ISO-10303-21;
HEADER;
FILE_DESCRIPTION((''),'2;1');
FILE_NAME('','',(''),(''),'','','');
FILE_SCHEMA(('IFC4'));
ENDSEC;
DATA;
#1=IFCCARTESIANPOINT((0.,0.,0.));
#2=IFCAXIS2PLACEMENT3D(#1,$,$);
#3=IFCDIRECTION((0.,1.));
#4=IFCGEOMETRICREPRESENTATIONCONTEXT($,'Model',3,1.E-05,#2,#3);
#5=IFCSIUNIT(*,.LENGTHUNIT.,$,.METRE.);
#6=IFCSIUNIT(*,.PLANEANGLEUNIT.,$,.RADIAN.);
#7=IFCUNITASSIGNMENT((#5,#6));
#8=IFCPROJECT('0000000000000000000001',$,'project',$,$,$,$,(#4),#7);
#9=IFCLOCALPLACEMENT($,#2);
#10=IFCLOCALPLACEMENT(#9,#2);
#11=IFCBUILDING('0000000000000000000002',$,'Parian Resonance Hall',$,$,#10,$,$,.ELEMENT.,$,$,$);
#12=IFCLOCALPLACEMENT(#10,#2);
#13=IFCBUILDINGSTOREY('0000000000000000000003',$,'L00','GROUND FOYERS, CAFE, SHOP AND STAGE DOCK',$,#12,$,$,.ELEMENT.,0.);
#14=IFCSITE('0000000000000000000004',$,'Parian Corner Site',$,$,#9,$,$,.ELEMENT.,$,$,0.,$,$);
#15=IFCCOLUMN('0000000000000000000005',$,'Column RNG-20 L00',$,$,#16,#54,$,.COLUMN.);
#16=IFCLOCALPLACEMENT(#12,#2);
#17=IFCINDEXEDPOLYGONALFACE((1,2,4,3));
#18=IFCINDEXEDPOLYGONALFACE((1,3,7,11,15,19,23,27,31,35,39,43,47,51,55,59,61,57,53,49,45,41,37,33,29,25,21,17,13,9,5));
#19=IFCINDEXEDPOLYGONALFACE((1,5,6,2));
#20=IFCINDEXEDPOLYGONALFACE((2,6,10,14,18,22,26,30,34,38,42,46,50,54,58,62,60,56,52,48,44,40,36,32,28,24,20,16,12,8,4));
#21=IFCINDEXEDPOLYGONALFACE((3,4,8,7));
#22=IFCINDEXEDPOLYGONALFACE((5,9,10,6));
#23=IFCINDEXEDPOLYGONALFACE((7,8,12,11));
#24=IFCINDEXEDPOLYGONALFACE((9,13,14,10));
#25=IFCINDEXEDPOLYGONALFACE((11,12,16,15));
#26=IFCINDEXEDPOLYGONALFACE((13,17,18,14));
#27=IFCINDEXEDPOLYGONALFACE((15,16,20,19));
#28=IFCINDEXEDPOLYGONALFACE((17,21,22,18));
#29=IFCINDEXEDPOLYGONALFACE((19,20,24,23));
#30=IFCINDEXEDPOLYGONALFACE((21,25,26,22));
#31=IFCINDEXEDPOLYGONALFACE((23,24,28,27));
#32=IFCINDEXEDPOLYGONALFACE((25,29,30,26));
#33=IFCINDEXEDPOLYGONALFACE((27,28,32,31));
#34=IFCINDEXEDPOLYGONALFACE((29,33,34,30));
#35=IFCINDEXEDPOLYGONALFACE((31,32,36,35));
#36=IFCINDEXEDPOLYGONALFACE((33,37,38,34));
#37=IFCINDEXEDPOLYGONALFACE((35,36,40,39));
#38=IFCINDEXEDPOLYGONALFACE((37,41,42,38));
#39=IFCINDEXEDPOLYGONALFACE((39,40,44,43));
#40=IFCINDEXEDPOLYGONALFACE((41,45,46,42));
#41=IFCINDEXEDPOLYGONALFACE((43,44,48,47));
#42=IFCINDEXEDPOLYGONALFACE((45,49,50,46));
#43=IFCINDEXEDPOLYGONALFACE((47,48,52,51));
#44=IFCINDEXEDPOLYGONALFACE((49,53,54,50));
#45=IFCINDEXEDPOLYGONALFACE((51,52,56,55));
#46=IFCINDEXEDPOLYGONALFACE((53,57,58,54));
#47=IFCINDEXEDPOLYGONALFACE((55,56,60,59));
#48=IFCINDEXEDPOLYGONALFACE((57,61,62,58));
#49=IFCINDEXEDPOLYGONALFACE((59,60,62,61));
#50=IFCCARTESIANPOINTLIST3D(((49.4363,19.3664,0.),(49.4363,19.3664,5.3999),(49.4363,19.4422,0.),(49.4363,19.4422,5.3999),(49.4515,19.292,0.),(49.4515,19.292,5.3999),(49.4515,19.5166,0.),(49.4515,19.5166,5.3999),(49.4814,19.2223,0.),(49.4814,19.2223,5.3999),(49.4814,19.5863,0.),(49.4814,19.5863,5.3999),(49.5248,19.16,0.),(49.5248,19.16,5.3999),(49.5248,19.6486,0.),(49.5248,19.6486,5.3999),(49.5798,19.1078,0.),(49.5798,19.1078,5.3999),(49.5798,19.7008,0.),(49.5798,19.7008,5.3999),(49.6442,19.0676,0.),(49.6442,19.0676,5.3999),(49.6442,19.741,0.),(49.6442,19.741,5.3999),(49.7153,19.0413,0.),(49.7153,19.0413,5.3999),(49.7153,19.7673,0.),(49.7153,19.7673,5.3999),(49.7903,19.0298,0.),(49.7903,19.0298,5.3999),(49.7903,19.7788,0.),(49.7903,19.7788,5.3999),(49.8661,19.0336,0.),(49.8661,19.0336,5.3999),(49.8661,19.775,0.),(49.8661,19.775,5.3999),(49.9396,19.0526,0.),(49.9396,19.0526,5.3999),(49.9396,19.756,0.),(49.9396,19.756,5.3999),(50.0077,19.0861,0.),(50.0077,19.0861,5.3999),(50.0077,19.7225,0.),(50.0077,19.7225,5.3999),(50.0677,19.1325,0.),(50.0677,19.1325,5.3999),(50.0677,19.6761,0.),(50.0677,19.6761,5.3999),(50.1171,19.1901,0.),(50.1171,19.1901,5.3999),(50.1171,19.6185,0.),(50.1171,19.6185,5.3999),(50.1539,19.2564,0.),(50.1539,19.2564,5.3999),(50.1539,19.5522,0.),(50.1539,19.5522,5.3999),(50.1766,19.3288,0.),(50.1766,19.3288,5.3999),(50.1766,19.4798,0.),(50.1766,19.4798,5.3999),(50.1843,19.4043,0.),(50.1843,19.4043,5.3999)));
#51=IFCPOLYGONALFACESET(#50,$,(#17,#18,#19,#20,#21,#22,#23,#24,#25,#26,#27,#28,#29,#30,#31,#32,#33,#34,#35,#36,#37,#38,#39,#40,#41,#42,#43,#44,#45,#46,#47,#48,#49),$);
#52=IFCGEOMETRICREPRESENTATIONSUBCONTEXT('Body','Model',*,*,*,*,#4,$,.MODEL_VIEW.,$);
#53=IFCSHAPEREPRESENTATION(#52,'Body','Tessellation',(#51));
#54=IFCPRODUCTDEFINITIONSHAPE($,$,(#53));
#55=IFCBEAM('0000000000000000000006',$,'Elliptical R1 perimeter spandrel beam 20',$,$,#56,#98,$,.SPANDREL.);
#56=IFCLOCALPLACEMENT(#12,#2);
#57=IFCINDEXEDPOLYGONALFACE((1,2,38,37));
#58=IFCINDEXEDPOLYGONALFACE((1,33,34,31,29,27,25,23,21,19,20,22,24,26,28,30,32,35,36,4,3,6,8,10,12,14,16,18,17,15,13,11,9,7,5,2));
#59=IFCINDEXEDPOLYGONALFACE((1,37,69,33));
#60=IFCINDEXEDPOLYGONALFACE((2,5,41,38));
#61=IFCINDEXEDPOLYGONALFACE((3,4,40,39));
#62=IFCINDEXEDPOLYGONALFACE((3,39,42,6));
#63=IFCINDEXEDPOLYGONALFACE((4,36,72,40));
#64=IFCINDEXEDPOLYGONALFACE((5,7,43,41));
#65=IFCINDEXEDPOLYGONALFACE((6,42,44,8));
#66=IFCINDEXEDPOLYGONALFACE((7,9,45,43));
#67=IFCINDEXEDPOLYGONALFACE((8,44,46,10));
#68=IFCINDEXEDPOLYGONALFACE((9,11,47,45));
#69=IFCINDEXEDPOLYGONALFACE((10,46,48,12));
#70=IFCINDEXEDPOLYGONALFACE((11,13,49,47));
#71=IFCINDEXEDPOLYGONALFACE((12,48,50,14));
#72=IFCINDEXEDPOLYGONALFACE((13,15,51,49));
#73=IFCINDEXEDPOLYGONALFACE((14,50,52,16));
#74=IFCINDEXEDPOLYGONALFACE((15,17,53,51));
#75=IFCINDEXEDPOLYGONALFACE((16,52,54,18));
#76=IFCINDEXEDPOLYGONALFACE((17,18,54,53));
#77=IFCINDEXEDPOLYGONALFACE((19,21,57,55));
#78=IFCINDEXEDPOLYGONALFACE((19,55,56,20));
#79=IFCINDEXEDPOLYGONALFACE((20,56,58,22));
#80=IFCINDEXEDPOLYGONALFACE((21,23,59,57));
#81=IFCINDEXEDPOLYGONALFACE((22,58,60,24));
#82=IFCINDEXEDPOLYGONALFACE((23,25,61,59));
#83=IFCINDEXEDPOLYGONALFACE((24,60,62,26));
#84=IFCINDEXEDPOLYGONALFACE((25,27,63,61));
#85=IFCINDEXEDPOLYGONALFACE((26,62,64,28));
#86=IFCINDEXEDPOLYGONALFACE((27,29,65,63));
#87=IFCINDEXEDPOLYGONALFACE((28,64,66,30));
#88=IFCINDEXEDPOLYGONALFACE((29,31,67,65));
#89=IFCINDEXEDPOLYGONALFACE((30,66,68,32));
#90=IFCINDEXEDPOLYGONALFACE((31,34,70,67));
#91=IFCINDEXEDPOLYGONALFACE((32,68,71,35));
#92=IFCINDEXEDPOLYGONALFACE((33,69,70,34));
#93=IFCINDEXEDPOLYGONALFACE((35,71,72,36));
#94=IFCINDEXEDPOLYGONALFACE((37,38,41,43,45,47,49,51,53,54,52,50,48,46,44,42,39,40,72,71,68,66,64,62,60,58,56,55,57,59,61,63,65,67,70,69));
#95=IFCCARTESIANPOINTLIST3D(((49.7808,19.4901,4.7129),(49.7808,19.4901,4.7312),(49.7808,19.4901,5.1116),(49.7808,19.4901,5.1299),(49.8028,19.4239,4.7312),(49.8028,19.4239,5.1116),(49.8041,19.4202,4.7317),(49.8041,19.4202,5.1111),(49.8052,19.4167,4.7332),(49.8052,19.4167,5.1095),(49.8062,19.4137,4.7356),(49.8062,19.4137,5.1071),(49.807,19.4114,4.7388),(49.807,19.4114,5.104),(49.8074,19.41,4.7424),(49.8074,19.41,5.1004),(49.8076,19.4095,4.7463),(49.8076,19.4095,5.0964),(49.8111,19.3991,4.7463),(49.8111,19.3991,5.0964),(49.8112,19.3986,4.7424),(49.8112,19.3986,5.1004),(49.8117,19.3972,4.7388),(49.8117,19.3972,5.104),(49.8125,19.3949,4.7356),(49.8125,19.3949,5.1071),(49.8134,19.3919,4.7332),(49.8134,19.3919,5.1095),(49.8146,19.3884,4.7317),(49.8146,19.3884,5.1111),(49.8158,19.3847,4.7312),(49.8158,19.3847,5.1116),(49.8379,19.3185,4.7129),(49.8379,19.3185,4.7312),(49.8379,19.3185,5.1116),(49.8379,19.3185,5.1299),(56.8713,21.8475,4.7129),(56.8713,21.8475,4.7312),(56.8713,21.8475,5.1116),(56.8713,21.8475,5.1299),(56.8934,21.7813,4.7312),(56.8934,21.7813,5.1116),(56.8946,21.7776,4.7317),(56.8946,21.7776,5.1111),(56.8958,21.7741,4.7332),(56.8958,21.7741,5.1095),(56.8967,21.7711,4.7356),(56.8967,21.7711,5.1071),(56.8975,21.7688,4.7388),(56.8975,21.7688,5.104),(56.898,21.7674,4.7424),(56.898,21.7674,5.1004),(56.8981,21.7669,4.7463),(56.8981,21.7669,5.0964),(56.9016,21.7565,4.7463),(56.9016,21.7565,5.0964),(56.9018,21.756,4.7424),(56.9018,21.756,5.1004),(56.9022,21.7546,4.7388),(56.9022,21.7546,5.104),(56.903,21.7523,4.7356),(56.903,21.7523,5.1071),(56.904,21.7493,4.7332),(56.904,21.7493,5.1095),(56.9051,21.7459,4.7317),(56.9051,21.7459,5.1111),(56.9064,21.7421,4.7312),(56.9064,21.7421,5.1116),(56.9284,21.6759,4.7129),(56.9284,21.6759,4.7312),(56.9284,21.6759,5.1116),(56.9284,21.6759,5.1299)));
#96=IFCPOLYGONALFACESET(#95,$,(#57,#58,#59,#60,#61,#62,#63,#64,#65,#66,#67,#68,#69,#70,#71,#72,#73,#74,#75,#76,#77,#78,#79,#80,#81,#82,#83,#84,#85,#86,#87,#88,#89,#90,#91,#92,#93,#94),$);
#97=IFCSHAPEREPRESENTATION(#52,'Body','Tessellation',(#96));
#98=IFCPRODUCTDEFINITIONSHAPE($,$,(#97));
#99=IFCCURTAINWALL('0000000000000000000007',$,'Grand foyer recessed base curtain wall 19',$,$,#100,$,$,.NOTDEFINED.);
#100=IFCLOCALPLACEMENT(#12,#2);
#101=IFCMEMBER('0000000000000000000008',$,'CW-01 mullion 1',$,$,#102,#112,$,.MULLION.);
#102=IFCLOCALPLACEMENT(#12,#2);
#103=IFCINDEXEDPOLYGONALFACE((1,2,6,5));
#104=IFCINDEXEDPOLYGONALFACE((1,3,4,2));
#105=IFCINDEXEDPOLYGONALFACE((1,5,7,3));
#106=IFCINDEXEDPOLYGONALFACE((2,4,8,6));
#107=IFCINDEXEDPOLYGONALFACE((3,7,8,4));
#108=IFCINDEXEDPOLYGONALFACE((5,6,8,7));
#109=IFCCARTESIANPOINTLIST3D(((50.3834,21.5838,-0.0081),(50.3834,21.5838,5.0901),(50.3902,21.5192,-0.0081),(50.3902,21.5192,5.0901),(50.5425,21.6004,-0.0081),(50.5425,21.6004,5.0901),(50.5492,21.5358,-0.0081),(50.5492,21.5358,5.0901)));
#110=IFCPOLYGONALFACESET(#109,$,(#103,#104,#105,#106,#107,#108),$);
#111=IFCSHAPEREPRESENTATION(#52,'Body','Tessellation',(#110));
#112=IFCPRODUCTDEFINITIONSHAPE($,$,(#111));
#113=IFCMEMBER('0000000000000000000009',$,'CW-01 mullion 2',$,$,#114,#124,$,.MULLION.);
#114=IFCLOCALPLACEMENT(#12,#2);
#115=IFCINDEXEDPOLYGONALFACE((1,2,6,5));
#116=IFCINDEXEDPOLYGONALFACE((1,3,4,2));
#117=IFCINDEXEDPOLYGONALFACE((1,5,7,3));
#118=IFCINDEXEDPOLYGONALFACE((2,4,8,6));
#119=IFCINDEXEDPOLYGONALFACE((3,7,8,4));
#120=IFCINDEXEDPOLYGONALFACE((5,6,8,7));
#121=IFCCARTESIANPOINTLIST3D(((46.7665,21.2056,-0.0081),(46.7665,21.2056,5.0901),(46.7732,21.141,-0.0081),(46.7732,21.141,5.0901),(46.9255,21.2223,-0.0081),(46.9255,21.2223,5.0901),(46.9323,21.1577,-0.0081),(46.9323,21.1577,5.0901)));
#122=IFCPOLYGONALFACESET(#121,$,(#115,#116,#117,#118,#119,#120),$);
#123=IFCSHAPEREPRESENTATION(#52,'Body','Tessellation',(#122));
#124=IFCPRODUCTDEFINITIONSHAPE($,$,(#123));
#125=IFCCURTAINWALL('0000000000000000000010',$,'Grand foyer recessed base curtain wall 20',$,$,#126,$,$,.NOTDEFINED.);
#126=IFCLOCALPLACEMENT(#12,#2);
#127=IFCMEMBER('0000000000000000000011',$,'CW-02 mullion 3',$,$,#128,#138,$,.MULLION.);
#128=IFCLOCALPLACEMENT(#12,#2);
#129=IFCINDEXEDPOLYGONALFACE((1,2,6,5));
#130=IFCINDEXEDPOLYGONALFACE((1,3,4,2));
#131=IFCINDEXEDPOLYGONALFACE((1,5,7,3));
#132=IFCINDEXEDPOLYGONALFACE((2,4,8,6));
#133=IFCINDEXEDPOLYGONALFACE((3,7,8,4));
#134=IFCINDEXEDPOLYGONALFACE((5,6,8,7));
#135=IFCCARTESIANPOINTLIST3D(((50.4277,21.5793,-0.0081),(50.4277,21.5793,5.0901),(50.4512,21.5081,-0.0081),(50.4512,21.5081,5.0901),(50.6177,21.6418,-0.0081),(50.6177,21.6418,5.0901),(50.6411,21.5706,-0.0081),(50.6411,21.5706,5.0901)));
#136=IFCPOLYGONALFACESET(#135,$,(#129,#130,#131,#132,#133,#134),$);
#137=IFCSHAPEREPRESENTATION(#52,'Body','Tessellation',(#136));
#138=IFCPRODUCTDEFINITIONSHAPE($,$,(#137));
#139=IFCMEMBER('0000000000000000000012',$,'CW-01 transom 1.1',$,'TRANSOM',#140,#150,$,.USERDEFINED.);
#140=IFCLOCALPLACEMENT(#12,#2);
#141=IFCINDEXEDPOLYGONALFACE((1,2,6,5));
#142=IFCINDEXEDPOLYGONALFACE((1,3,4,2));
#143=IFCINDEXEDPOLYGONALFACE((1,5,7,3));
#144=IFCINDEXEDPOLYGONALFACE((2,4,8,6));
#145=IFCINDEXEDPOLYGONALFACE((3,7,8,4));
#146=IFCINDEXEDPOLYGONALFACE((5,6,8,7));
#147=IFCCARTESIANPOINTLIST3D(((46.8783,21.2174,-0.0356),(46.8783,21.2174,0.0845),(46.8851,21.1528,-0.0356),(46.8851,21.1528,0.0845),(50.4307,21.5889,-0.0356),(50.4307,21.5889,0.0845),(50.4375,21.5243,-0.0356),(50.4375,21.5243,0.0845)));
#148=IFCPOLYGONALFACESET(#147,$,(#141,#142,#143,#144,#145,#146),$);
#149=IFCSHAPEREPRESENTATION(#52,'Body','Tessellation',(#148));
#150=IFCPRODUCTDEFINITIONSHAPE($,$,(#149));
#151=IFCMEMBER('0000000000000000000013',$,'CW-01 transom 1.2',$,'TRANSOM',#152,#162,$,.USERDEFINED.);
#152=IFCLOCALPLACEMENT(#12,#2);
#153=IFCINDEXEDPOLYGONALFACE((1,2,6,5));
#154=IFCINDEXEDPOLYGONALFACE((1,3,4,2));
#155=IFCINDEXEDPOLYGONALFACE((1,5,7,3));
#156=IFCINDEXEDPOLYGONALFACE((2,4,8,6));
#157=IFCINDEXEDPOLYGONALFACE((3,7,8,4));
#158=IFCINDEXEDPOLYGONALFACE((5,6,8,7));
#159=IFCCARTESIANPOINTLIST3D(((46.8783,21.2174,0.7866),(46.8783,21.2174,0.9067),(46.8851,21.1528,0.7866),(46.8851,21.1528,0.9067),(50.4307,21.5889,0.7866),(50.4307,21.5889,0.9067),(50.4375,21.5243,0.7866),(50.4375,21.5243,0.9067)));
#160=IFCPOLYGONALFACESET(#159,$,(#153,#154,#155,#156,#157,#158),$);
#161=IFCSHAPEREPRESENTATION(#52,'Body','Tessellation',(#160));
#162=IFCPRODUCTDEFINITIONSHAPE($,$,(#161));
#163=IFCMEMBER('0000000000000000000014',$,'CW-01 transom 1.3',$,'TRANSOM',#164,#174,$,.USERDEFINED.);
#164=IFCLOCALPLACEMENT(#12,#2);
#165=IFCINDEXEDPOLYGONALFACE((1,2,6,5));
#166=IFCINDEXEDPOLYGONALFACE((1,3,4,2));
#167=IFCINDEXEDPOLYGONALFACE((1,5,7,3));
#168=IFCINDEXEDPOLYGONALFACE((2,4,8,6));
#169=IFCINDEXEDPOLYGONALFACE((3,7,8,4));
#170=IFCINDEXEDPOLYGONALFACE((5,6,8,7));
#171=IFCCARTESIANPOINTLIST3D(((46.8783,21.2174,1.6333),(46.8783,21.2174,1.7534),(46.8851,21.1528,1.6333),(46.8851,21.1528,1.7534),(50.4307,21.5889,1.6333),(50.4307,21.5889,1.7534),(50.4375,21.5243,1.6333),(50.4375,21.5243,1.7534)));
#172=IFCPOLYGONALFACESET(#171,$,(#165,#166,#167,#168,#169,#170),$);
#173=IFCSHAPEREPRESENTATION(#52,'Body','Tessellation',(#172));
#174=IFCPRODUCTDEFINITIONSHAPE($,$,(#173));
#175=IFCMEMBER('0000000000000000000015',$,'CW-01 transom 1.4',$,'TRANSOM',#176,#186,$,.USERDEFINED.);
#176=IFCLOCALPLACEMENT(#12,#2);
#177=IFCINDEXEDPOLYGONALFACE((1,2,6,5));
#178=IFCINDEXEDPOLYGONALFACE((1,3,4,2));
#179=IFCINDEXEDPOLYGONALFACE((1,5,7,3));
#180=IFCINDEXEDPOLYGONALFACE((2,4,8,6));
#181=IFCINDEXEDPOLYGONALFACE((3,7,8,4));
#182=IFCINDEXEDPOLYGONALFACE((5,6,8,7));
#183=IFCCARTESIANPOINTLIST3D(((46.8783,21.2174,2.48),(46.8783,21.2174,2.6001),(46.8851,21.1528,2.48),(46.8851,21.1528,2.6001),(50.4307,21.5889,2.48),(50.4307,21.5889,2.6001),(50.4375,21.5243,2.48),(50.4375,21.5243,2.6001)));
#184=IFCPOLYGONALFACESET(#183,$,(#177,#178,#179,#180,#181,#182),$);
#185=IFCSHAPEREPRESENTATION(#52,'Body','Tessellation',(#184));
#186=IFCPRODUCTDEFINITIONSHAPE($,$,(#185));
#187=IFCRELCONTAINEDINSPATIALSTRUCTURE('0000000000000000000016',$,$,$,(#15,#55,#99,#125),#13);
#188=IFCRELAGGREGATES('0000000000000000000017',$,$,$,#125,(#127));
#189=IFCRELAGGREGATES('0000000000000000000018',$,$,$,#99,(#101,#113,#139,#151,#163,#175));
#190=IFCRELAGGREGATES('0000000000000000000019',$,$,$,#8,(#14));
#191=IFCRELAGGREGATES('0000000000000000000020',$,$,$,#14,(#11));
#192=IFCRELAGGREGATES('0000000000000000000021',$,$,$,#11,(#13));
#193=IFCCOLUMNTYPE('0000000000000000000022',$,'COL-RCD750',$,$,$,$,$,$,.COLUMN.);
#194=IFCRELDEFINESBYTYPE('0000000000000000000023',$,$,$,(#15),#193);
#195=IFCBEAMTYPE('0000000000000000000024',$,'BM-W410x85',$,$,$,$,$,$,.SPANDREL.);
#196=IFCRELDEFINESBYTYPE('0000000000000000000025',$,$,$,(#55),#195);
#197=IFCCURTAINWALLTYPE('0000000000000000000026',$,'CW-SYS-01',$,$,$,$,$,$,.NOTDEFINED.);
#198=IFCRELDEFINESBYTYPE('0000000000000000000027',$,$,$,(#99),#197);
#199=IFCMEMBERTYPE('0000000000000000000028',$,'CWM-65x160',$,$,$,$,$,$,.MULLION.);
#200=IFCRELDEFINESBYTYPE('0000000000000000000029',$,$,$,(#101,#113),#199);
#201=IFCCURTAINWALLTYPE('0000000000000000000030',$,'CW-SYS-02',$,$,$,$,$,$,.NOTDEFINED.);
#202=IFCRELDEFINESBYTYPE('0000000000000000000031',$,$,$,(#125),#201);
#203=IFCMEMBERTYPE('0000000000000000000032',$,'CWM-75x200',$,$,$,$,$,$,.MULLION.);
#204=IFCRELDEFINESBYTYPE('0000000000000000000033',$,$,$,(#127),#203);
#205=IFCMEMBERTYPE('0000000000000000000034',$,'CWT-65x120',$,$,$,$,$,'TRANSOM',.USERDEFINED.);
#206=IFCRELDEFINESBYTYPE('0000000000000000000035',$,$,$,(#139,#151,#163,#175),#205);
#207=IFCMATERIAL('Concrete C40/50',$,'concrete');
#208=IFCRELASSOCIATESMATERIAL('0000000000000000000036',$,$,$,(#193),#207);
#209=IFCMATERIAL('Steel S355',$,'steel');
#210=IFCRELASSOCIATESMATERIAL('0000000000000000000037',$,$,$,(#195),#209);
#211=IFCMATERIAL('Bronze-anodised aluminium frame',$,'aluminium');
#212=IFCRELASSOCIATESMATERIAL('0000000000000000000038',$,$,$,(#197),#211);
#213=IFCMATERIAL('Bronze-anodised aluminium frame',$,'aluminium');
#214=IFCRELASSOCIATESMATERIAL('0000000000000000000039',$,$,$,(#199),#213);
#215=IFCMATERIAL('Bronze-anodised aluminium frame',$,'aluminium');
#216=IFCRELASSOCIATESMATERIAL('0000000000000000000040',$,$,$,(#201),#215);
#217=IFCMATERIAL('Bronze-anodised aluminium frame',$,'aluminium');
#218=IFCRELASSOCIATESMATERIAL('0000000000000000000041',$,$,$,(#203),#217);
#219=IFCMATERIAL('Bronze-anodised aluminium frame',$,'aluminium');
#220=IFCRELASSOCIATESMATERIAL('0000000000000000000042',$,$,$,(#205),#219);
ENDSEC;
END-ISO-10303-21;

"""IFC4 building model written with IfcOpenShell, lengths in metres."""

from ifc_helpers import new_model, si_unit, direction, frame, origin, origin_2d, place, context, subcontext, project, spatial, rectangle, circle, i_section, extrude, material, material_profile, profile_set, type_object, element, aggregate, save


model = new_model("IFC4")

# Units and contexts
model_context = context("Model", 3, precision=1e-05, world=origin(), true_north=direction((0.0, 1.0)))
body_context = subcontext(model_context, "Body", "Model", "MODEL_VIEW")
ifc_project = project(units=[si_unit("LENGTHUNIT", "METRE"), si_unit("PLANEANGLEUNIT", "RADIAN")], contexts=[model_context])

# Site, building, storey
site_placement = place(None, origin())
site = spatial("IfcSite", under=ifc_project, at=site_placement, Name="Parian Corner Site", CompositionType="ELEMENT", RefElevation=0.0)
building_placement = place(site_placement, origin())
building = spatial("IfcBuilding", under=site, at=building_placement, Name="Parian Resonance Hall", CompositionType="ELEMENT")
storey_placement = place(building_placement, origin())
storey = spatial("IfcBuildingStorey", under=building, at=storey_placement, Name="L00", Description="GROUND FOYERS, CAFE, SHOP AND STAGE DOCK", CompositionType="ELEMENT", Elevation=0.0)

# Column
ifc_material_1 = material(Name="Concrete C40/50", Category="concrete")
ifc_material_profile_1 = material_profile(ifc_material_1, circle(Radius=0.375, at=origin_2d()), Name="RC-COL-D750")
ifc_profile_set_1 = profile_set([ifc_material_profile_1], Name="Concrete C40/50")
column_type = type_object("IfcColumnType", Name="COL-RCD750", PredefinedType="COLUMN", material=ifc_profile_set_1)
column_placement = place(storey_placement, frame((49.8093, 19.4043, 0.0), z_axis=(0.0, 0.0, 1.0), x_axis=(1.0, 0.0, 0.0)))
element("IfcColumn", 1, at=column_placement, inside=storey, type_object=column_type, Name="Column RNG-20 L00", PredefinedType="COLUMN", context=body_context, shape_type="SweptSolid", body=[
    extrude(circle(Radius=0.375, at=origin_2d()), origin(), (0.0, 0.0, 1.0), 5.3999),
])

# Beam
ifc_material_2 = material(Name="Steel S355", Category="steel")
ifc_material_profile_2 = material_profile(ifc_material_2, i_section(OverallWidth=0.1809, OverallDepth=0.417, WebThickness=0.011, FlangeThickness=0.0183, FilletRadius=0.0151, at=origin_2d()), Name="W410x85")
ifc_profile_set_2 = profile_set([ifc_material_profile_2], Name="Steel S355")
beam_type = type_object("IfcBeamType", Name="BM-W410x85", PredefinedType="SPANDREL", material=ifc_profile_set_2)
beam_placement = place(storey_placement, frame((49.8093, 19.4043, 4.9214), z_axis=(0.948928, 0.315493, 0.0), x_axis=(-0.315493, 0.948928, 0.0)))
element("IfcBeam", 2, at=beam_placement, inside=storey, type_object=beam_type, Name="Elliptical R1 perimeter spandrel beam 20", PredefinedType="SPANDREL", context=body_context, shape_type="SweptSolid", body=[
    extrude(i_section(OverallWidth=0.1809, OverallDepth=0.417, WebThickness=0.011, FlangeThickness=0.0183, FilletRadius=0.0151, at=origin_2d()), origin(), (0.0, 0.0, 1.0), 7.4722),
])

# Curtain wall, members
ifc_material_3 = material(Name="Bronze-anodised aluminium frame", Category="aluminium")
curtain_wall_type_1 = type_object("IfcCurtainWallType", Name="CW-SYS-01", PredefinedType="NOTDEFINED", material=ifc_material_3)
curtain_wall_1_placement = place(storey_placement, origin())
curtain_wall_1 = element("IfcCurtainWall", 3, at=curtain_wall_1_placement, inside=storey, type_object=curtain_wall_type_1, Name="Grand foyer recessed base curtain wall 19", PredefinedType="NOTDEFINED")
ifc_material_4 = material(Name="Bronze-anodised aluminium frame", Category="aluminium")
ifc_material_profile_3 = material_profile(ifc_material_4, rectangle(XDim=0.0649, YDim=0.1599, at=origin_2d()), Name="CWM-65x160")
ifc_profile_set_3 = profile_set([ifc_material_profile_3], Name="Bronze-anodised aluminium frame")
member_type_1 = type_object("IfcMemberType", Name="CWM-65x160", PredefinedType="MULLION", material=ifc_profile_set_3)
member_1_placement = place(storey_placement, frame((50.4663, 21.5598, -0.0081), z_axis=(0.0, 0.0, 1.0), x_axis=(0.104013, -0.994576, 0.0)))
member_1 = element("IfcMember", 4, at=member_1_placement, type_object=member_type_1, Name="CW-01 mullion 1", PredefinedType="MULLION", context=body_context, shape_type="SweptSolid", body=[
    extrude(rectangle(XDim=0.0649, YDim=0.1599, at=origin_2d()), origin(), (0.0, 0.0, 1.0), 5.0981),
])
member_2_placement = place(storey_placement, frame((46.8494, 21.1816, -0.0081), z_axis=(0.0, 0.0, 1.0), x_axis=(0.104013, -0.994576, 0.0)))
member_2 = element("IfcMember", 5, at=member_2_placement, type_object=member_type_1, Name="CW-01 mullion 2", PredefinedType="MULLION", context=body_context, shape_type="SweptSolid", body=[
    extrude(rectangle(XDim=0.0649, YDim=0.1599, at=origin_2d()), origin(), (0.0, 0.0, 1.0), 5.0981),
])

# Curtain wall, member
ifc_material_5 = material(Name="Bronze-anodised aluminium frame", Category="aluminium")
curtain_wall_type_2 = type_object("IfcCurtainWallType", Name="CW-SYS-02", PredefinedType="NOTDEFINED", material=ifc_material_5)
curtain_wall_2_placement = place(storey_placement, origin())
curtain_wall_2 = element("IfcCurtainWall", 6, at=curtain_wall_2_placement, inside=storey, type_object=curtain_wall_type_2, Name="Grand foyer recessed base curtain wall 20", PredefinedType="NOTDEFINED")
ifc_material_6 = material(Name="Bronze-anodised aluminium frame", Category="aluminium")
ifc_material_profile_4 = material_profile(ifc_material_6, rectangle(XDim=0.075, YDim=0.2, at=origin_2d()), Name="CWM-75x200")
ifc_profile_set_4 = profile_set([ifc_material_profile_4], Name="Bronze-anodised aluminium frame")
member_type_2 = type_object("IfcMemberType", Name="CWM-75x200", PredefinedType="MULLION", material=ifc_profile_set_4)
member_3_placement = place(storey_placement, frame((50.5344, 21.575, -0.0081), z_axis=(0.0, 0.0, 1.0), x_axis=(0.31253, -0.949908, 0.0)))
member_3 = element("IfcMember", 7, at=member_3_placement, type_object=member_type_2, Name="CW-02 mullion 3", PredefinedType="MULLION", context=body_context, shape_type="SweptSolid", body=[
    extrude(rectangle(XDim=0.075, YDim=0.2, at=origin_2d()), origin(), (0.0, 0.0, 1.0), 5.0981),
])

# Members
ifc_material_7 = material(Name="Bronze-anodised aluminium frame", Category="aluminium")
ifc_material_profile_5 = material_profile(ifc_material_7, rectangle(XDim=0.0649, YDim=0.1201, at=origin_2d()), Name="CWT-65x120")
ifc_profile_set_5 = profile_set([ifc_material_profile_5], Name="Bronze-anodised aluminium frame")
member_type_3 = type_object("IfcMemberType", Name="CWT-65x120", ElementType="TRANSOM", PredefinedType="USERDEFINED", material=ifc_profile_set_5)
member_4_placement = place(storey_placement, frame((50.4341, 21.5566, 0.0244), z_axis=(-0.994574, -0.10403, 0.0), x_axis=(0.10403, -0.994574, 0.0)))
member_4 = element("IfcMember", 8, at=member_4_placement, type_object=member_type_3, Name="CW-01 transom 1.1", ObjectType="TRANSOM", PredefinedType="USERDEFINED", context=body_context, shape_type="SweptSolid", body=[
    extrude(rectangle(XDim=0.0649, YDim=0.1201, at=origin_2d()), origin(), (0.0, 0.0, 1.0), 3.5718),
])
member_5_placement = place(storey_placement, frame((50.4341, 21.5566, 0.8467), z_axis=(-0.994574, -0.10403, 0.0), x_axis=(0.10403, -0.994574, 0.0)))
member_5 = element("IfcMember", 9, at=member_5_placement, type_object=member_type_3, Name="CW-01 transom 1.2", ObjectType="TRANSOM", PredefinedType="USERDEFINED", context=body_context, shape_type="SweptSolid", body=[
    extrude(rectangle(XDim=0.0649, YDim=0.1201, at=origin_2d()), origin(), (0.0, 0.0, 1.0), 3.5718),
])
member_6_placement = place(storey_placement, frame((50.4341, 21.5566, 1.6934), z_axis=(-0.994574, -0.10403, 0.0), x_axis=(0.10403, -0.994574, 0.0)))
member_6 = element("IfcMember", 10, at=member_6_placement, type_object=member_type_3, Name="CW-01 transom 1.3", ObjectType="TRANSOM", PredefinedType="USERDEFINED", context=body_context, shape_type="SweptSolid", body=[
    extrude(rectangle(XDim=0.0649, YDim=0.1201, at=origin_2d()), origin(), (0.0, 0.0, 1.0), 3.5718),
])
member_7_placement = place(storey_placement, frame((50.4341, 21.5566, 2.54), z_axis=(-0.994574, -0.10403, 0.0), x_axis=(0.10403, -0.994574, 0.0)))
member_7 = element("IfcMember", 11, at=member_7_placement, type_object=member_type_3, Name="CW-01 transom 1.4", ObjectType="TRANSOM", PredefinedType="USERDEFINED", context=body_context, shape_type="SweptSolid", body=[
    extrude(rectangle(XDim=0.0649, YDim=0.1201, at=origin_2d()), origin(), (0.0, 0.0, 1.0), 3.5718),
])

aggregate(curtain_wall_2, [member_3])
aggregate(curtain_wall_1, [member_1, member_2, member_4, member_5, member_6, member_7])

save(model, "model.ifc")
